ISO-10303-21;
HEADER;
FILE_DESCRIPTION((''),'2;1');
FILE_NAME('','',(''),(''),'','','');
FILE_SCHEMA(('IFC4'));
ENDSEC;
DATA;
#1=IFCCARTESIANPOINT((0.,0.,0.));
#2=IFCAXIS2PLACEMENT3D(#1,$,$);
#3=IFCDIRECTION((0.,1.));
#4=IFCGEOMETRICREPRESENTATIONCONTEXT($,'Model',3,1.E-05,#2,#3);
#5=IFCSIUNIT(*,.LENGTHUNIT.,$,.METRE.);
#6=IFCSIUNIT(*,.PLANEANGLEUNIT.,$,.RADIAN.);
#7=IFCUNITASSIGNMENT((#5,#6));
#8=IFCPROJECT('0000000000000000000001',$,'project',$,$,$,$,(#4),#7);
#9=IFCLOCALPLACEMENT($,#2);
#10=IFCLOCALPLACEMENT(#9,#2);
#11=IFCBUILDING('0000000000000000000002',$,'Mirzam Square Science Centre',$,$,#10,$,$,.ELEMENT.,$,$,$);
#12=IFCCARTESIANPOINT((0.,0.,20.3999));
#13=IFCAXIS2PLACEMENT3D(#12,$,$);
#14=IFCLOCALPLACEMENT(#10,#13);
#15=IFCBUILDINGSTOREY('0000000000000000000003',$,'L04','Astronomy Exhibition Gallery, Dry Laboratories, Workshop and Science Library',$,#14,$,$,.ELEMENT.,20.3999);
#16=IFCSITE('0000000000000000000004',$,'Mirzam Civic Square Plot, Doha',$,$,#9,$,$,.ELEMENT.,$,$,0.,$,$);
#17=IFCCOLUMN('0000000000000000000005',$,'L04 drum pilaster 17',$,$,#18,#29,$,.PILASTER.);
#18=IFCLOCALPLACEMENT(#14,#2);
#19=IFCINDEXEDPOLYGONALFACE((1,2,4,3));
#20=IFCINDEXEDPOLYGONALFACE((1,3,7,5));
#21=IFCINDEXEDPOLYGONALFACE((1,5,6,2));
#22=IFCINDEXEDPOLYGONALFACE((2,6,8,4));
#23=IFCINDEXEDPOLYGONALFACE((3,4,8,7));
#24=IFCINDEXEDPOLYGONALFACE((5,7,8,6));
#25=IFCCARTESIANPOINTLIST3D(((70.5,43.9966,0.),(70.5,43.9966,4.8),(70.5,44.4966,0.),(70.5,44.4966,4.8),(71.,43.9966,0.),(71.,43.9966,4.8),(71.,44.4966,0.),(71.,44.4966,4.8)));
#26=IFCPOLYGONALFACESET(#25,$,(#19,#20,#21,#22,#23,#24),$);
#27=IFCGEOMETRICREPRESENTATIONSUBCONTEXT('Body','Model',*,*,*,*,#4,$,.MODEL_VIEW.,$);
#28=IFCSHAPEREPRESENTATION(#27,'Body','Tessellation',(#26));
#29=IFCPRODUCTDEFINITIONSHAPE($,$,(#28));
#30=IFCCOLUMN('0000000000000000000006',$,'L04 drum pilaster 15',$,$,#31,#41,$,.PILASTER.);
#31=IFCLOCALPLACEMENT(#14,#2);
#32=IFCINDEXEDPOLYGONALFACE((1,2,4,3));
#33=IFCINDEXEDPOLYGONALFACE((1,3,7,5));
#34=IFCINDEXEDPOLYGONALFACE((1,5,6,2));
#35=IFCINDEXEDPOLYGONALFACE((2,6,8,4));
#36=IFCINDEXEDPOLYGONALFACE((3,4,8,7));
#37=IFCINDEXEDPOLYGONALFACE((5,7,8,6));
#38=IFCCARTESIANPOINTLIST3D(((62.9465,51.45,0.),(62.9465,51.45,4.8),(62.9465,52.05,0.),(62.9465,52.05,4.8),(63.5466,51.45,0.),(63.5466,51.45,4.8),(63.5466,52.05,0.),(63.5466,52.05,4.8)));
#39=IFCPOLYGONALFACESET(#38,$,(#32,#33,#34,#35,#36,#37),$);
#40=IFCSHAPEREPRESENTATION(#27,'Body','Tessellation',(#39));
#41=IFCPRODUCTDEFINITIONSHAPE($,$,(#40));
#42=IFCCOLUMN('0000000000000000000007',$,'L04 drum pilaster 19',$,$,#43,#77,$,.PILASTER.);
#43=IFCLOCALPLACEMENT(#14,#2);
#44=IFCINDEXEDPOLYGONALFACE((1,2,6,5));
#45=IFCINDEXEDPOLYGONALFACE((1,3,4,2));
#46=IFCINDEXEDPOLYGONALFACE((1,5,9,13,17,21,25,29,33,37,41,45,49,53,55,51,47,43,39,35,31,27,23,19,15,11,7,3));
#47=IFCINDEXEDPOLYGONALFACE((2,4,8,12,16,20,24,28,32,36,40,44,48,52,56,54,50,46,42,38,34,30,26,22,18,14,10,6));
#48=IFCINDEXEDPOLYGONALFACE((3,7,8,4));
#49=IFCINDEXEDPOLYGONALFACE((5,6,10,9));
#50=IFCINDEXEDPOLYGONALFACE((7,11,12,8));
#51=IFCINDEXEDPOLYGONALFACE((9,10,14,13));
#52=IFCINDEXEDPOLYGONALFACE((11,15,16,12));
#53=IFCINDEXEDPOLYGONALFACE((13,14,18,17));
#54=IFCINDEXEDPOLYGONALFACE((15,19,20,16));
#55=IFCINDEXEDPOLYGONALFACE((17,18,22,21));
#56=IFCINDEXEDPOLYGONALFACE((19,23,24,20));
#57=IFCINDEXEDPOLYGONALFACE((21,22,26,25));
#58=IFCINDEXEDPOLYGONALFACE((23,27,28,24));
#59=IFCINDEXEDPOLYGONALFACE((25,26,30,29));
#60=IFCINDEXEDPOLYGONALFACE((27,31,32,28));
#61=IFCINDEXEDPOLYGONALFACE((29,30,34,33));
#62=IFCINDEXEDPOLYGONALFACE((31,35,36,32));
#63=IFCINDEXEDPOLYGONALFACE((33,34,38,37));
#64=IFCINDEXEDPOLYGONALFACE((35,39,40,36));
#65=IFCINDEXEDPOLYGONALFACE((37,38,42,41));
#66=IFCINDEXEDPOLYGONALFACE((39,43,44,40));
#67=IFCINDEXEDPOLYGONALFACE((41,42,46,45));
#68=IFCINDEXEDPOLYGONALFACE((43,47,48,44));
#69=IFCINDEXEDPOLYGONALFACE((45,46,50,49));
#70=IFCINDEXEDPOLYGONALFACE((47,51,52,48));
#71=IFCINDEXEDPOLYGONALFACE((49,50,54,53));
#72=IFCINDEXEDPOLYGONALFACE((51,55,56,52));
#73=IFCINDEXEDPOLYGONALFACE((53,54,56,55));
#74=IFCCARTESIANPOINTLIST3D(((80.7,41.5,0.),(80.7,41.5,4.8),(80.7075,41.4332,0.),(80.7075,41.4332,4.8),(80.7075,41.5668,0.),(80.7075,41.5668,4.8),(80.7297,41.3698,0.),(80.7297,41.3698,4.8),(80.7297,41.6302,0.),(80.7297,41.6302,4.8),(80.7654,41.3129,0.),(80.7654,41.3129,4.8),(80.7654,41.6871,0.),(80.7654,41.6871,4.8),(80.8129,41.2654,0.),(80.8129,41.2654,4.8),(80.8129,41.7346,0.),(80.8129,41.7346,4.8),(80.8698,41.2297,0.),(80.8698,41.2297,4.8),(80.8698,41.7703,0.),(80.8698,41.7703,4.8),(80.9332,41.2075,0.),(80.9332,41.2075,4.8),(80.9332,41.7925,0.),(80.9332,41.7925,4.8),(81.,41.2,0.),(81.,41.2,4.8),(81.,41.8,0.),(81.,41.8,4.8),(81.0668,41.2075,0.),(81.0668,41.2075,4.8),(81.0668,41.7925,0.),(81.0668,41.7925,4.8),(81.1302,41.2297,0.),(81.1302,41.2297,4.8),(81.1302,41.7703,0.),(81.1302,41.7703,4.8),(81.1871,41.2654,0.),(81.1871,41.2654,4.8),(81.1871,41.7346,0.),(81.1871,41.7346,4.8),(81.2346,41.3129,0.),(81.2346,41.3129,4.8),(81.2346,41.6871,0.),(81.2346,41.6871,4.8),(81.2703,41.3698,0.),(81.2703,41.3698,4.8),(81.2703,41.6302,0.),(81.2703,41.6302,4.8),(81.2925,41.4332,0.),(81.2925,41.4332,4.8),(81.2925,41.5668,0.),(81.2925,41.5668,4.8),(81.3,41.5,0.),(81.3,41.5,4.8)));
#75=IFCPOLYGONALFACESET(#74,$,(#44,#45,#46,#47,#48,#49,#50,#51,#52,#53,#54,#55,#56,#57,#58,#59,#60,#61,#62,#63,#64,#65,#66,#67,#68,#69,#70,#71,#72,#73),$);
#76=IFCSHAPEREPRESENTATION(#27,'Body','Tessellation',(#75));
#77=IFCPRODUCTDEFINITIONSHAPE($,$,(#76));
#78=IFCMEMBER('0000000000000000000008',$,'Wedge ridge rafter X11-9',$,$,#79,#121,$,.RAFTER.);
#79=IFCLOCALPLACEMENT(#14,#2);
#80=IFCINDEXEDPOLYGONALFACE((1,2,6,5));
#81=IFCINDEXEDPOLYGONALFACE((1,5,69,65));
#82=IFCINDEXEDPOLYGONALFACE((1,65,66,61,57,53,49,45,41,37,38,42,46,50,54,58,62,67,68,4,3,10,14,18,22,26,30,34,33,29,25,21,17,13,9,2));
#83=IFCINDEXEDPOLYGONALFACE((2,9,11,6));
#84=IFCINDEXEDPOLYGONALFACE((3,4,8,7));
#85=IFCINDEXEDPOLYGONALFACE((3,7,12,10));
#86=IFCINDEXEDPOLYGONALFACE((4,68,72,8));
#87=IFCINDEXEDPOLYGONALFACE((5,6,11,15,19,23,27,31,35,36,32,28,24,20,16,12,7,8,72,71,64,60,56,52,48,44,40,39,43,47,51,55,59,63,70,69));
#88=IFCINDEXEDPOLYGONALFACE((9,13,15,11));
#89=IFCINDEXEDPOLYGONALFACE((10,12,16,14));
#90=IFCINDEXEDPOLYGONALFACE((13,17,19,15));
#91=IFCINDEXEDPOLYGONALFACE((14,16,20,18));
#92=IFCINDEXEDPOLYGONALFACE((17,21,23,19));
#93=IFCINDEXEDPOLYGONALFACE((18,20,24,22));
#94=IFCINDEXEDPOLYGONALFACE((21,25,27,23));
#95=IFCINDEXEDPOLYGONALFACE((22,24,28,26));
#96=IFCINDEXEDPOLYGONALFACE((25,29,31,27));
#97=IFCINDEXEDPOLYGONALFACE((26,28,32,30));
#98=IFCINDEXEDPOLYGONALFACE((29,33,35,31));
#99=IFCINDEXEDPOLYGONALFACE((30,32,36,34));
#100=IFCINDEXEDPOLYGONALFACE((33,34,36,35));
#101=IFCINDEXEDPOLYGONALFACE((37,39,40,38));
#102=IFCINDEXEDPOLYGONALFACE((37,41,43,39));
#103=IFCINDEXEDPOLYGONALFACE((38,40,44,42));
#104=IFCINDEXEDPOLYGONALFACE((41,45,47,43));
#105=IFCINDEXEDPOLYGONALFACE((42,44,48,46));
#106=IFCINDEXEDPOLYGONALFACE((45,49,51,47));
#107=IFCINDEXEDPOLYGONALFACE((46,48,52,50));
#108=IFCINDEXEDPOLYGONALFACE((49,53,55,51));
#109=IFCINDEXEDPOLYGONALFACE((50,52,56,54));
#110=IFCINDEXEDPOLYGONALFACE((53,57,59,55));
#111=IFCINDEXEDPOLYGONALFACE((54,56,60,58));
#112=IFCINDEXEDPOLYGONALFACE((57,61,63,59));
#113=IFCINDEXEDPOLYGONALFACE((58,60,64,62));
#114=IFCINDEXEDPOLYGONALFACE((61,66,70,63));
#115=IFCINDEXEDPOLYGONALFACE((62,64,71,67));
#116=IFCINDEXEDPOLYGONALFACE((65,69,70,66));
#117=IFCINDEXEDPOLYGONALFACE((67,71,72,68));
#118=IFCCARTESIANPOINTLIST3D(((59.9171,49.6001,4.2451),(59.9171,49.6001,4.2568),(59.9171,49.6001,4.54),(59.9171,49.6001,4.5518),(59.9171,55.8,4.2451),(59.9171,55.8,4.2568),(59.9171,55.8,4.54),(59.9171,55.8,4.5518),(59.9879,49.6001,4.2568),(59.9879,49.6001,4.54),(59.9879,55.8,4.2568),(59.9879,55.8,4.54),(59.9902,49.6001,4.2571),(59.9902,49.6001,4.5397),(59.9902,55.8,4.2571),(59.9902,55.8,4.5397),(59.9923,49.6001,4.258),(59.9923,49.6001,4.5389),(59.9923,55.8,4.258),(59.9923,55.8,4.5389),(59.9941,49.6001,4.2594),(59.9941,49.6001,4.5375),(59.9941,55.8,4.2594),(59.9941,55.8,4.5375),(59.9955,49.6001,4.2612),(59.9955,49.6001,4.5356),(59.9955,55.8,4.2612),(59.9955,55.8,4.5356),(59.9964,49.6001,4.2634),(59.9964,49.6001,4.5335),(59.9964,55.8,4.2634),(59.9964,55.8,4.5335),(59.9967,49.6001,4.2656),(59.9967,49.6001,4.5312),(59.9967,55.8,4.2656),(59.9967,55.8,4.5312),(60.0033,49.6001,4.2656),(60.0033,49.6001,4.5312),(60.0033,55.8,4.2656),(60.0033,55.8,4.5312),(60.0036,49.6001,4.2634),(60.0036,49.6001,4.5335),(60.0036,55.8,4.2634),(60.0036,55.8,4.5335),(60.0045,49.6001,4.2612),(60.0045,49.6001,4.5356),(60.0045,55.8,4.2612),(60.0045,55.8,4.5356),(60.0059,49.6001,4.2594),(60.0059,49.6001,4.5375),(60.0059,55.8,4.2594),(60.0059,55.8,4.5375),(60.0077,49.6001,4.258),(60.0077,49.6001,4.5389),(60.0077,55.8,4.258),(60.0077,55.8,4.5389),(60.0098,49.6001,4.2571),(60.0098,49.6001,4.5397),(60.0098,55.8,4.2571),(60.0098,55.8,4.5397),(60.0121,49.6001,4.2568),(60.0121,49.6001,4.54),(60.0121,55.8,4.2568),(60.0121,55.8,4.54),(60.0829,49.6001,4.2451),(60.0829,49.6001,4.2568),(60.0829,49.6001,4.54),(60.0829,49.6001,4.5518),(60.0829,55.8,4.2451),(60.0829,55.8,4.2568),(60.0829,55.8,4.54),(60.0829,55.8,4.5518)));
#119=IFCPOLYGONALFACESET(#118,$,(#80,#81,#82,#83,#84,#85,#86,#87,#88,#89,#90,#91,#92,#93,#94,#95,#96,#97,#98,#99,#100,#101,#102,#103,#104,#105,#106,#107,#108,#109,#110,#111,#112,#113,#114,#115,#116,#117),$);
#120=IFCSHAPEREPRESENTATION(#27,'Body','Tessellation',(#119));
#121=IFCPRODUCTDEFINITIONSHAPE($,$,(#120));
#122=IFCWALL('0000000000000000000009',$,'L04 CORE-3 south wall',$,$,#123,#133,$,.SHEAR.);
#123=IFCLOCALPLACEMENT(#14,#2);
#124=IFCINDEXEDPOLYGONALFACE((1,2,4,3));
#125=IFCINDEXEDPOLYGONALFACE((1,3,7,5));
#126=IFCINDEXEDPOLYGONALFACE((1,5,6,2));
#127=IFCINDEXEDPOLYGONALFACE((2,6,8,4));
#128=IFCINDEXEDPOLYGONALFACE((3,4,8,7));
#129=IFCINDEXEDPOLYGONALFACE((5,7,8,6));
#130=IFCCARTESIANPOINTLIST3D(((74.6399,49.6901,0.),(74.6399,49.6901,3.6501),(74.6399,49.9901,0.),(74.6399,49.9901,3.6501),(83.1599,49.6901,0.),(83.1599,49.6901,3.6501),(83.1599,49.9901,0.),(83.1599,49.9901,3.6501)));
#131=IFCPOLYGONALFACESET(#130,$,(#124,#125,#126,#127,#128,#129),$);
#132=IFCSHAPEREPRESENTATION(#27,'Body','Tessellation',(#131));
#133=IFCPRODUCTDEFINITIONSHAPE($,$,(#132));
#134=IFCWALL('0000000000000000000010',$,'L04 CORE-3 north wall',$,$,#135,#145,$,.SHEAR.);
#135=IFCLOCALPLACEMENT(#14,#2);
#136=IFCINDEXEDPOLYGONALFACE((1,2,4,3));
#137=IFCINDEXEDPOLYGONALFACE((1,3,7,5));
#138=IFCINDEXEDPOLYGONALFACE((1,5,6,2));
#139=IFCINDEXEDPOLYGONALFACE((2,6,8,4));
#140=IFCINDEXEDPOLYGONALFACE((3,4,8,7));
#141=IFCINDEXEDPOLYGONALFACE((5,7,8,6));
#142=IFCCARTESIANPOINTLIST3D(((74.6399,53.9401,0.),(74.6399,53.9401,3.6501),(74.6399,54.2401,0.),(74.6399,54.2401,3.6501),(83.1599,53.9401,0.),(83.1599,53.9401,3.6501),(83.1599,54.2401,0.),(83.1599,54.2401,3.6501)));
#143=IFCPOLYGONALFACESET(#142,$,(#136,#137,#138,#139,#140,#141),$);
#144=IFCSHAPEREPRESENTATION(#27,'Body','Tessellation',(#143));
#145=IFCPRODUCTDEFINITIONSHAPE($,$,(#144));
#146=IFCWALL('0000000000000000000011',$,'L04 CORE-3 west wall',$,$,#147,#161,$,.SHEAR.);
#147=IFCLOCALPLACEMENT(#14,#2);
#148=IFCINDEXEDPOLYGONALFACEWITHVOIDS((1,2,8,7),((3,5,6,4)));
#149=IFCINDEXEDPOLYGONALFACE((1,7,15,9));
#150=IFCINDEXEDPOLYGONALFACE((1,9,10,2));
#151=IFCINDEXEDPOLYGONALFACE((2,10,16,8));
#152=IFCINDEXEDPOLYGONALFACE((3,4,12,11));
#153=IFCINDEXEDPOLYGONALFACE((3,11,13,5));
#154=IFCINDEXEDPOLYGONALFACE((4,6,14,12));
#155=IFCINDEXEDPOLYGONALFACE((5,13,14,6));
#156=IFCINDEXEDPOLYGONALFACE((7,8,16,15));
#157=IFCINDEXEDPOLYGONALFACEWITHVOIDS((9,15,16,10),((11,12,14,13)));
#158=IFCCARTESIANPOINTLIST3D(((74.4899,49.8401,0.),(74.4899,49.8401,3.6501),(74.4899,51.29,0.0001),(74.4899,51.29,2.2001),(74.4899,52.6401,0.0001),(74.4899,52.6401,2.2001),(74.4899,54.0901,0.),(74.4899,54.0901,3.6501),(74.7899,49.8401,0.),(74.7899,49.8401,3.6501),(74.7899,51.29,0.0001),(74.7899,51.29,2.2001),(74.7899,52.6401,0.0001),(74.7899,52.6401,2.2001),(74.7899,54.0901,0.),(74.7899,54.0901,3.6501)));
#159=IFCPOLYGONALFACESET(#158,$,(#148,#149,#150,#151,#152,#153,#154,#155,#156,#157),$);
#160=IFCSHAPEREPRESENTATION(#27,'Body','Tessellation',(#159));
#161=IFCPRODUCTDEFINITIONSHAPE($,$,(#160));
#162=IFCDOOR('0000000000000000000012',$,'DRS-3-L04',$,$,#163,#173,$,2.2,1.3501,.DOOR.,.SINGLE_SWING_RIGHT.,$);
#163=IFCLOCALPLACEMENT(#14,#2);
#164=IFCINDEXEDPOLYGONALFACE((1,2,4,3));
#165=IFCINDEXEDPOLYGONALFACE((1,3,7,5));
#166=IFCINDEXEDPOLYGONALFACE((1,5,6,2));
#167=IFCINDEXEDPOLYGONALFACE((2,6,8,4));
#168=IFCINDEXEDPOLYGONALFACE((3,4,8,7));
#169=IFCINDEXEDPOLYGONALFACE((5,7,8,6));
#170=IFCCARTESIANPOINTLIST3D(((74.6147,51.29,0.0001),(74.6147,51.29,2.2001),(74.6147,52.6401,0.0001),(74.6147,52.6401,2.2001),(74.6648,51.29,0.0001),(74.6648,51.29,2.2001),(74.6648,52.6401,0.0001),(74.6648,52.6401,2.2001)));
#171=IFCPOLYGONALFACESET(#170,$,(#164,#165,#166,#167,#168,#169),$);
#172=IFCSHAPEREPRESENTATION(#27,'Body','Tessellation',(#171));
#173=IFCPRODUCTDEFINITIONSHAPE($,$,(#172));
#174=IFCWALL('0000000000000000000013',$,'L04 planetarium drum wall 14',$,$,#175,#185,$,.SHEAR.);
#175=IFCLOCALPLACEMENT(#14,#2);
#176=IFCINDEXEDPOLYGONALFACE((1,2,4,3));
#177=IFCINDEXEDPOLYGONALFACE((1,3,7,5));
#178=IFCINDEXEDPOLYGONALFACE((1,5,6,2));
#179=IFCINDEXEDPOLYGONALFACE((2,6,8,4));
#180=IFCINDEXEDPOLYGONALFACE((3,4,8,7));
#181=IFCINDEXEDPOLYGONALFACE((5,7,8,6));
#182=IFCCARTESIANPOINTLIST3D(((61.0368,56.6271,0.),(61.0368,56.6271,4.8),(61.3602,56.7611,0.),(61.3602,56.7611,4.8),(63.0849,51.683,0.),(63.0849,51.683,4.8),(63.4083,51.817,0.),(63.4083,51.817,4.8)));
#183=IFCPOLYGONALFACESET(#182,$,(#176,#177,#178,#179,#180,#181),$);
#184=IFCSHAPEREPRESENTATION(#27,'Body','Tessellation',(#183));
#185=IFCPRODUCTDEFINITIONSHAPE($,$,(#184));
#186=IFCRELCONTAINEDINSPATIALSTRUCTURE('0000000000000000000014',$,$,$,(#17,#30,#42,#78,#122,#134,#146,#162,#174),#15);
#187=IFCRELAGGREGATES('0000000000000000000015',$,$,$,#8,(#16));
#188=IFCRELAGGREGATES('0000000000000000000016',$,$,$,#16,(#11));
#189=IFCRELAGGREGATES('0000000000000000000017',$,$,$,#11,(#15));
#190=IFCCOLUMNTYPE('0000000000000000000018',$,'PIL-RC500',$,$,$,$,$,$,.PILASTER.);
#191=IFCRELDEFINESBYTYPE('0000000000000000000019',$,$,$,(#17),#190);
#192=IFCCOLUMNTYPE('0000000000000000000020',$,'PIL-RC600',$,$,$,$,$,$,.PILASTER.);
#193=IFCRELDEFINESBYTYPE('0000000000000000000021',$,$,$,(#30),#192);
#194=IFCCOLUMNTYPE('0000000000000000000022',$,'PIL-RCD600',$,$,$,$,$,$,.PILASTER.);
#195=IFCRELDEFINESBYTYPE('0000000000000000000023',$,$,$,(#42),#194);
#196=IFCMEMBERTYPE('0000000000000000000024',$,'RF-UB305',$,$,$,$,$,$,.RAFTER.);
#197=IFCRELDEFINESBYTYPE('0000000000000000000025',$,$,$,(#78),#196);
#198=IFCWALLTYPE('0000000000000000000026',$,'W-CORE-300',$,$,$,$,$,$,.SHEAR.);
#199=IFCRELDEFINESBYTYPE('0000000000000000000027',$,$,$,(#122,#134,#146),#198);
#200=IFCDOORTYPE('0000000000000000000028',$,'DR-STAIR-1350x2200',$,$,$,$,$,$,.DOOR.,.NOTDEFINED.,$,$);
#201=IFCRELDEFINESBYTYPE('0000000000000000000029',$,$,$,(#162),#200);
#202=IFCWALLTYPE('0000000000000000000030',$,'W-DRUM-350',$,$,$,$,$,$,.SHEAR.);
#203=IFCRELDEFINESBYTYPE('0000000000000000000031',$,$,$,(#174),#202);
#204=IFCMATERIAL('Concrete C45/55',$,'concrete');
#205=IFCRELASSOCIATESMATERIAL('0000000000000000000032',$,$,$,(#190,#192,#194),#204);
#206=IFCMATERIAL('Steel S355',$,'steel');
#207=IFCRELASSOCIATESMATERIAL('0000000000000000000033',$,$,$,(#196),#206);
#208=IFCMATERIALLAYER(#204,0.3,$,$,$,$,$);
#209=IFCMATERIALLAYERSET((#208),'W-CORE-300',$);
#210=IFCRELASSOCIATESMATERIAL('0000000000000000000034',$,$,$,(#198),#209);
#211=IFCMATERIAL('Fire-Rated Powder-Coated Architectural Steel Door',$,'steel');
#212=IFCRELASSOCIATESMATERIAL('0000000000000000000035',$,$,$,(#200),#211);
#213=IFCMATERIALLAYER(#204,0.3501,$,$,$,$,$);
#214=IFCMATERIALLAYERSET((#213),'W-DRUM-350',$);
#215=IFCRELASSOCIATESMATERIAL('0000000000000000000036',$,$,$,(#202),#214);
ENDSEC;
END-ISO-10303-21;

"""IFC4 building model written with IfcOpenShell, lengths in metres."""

from ifc_helpers import new_model, si_unit, direction, frame, frame_2d, origin, origin_2d, place, context, subcontext, project, spatial, rectangle, circle, i_section, extrude, material, layer, layer_set, material_profile, profile_set, type_object, element, fill, save


model = new_model("IFC4")

# Units and contexts
model_context = context("Model", 3, precision=1e-05, world=origin(), true_north=direction((0.0, 1.0)))
body_context = subcontext(model_context, "Body", "Model", "MODEL_VIEW")
ifc_project = project(units=[si_unit("LENGTHUNIT", "METRE"), si_unit("PLANEANGLEUNIT", "RADIAN")], contexts=[model_context])

# Site, building, storey
site_placement = place(None, origin())
site = spatial("IfcSite", under=ifc_project, at=site_placement, Name="Mirzam Civic Square Plot, Doha", CompositionType="ELEMENT", RefElevation=0.0)
building_placement = place(site_placement, origin())
building = spatial("IfcBuilding", under=site, at=building_placement, Name="Mirzam Square Science Centre", CompositionType="ELEMENT")
storey_placement = place(building_placement, frame((0.0, 0.0, 20.3999)))
storey = spatial("IfcBuildingStorey", under=building, at=storey_placement, Name="L04", Description="Astronomy Exhibition Gallery, Dry Laboratories, Workshop and Science Library", CompositionType="ELEMENT", Elevation=20.3999)

# Columns
ifc_material_1 = material(Name="Concrete C45/55", Category="concrete")
ifc_material_profile_1 = material_profile(ifc_material_1, rectangle(XDim=0.5, YDim=0.5, at=origin_2d()), Name="RC500x500")
ifc_profile_set_1 = profile_set([ifc_material_profile_1], Name="Concrete C45/55")
column_type_1 = type_object("IfcColumnType", Name="PIL-RC500", PredefinedType="PILASTER", material=ifc_profile_set_1)
column_1_placement = place(storey_placement, frame((70.75, 44.2466, 0.0), z_axis=(0.0, 0.0, 1.0), x_axis=(1.0, 0.0, 0.0)))
element("IfcColumn", 1, at=column_1_placement, inside=storey, type_object=column_type_1, Name="L04 drum pilaster 17", PredefinedType="PILASTER", context=body_context, shape_type="SweptSolid", body=[
    extrude(rectangle(XDim=0.5, YDim=0.5, at=origin_2d()), origin(), (0.0, 0.0, 1.0), 4.8),
])
ifc_material_profile_2 = material_profile(ifc_material_1, rectangle(XDim=0.6001, YDim=0.6001, at=origin_2d()), Name="RC600x600")
ifc_profile_set_2 = profile_set([ifc_material_profile_2], Name="Concrete C45/55")
column_type_2 = type_object("IfcColumnType", Name="PIL-RC600", PredefinedType="PILASTER", material=ifc_profile_set_2)
column_2_placement = place(storey_placement, frame((63.2466, 51.75, 0.0), z_axis=(0.0, 0.0, 1.0), x_axis=(1.0, 0.0, 0.0)))
element("IfcColumn", 2, at=column_2_placement, inside=storey, type_object=column_type_2, Name="L04 drum pilaster 15", PredefinedType="PILASTER", context=body_context, shape_type="SweptSolid", body=[
    extrude(rectangle(XDim=0.6001, YDim=0.6001, at=origin_2d()), origin(), (0.0, 0.0, 1.0), 4.8),
])
ifc_material_profile_3 = material_profile(ifc_material_1, circle(Radius=0.3, at=origin_2d()), Name="RCD600")
ifc_profile_set_3 = profile_set([ifc_material_profile_3], Name="Concrete C45/55")
column_type_3 = type_object("IfcColumnType", Name="PIL-RCD600", PredefinedType="PILASTER", material=ifc_profile_set_3)
column_3_placement = place(storey_placement, frame((81.0, 41.5, 0.0), z_axis=(0.0, 0.0, 1.0), x_axis=(1.0, 0.0, 0.0)))
element("IfcColumn", 3, at=column_3_placement, inside=storey, type_object=column_type_3, Name="L04 drum pilaster 19", PredefinedType="PILASTER", context=body_context, shape_type="SweptSolid", body=[
    extrude(circle(Radius=0.3, at=origin_2d()), origin(), (0.0, 0.0, 1.0), 4.8),
])

# Member
ifc_material_2 = material(Name="Steel S355", Category="steel")
ifc_material_profile_4 = material_profile(ifc_material_2, i_section(OverallWidth=0.1658, OverallDepth=0.3066, WebThickness=0.0066, FlangeThickness=0.0117, FilletRadius=0.0088, at=origin_2d()), Name="305x165x46UB")
ifc_profile_set_4 = profile_set([ifc_material_profile_4], Name="Steel S355")
member_type = type_object("IfcMemberType", Name="RF-UB305", PredefinedType="RAFTER", material=ifc_profile_set_4)
member_placement = place(storey_placement, frame((60.0, 49.6001, 4.3984), z_axis=(0.0, 1.0, 0.0), x_axis=(-1.0, 0.0, 0.0)))
element("IfcMember", 4, at=member_placement, inside=storey, type_object=member_type, Name="Wedge ridge rafter X11-9", PredefinedType="RAFTER", context=body_context, shape_type="SweptSolid", body=[
    extrude(i_section(OverallWidth=0.1658, OverallDepth=0.3066, WebThickness=0.0066, FlangeThickness=0.0117, FilletRadius=0.0088, at=origin_2d()), origin(), (0.0, 0.0, 1.0), 6.2),
])

# Walls
ifc_layer_1 = layer(ifc_material_1, 0.3)
ifc_layer_set_1 = layer_set([ifc_layer_1], Name="W-CORE-300")
wall_type_1 = type_object("IfcWallType", Name="W-CORE-300", PredefinedType="SHEAR", material=ifc_layer_set_1)
for number, where, z_axis, x_axis, name in (
    (5, (74.6399, 49.8401, 0.0), (0.0, 0.0, 1.0), (1.0, 0.0, 0.0), "L04 CORE-3 south wall"),
    (6, (83.1599, 54.0901, 0.0), (0.0, 0.0, 1.0), (-1.0, 0.0, 0.0), "L04 CORE-3 north wall"),
):
    element("IfcWall", number, at=place(storey_placement, frame(where, z_axis=z_axis, x_axis=x_axis)), inside=storey, type_object=wall_type_1, Name=name, PredefinedType="SHEAR", context=body_context, shape_type="SweptSolid", body=[
        extrude(rectangle(XDim=8.52, YDim=0.3, at=frame_2d((4.26, 0.0))), origin(), (0.0, 0.0, 1.0), 3.6501),
    ])

# Wall, opening, door
wall_1_placement = place(storey_placement, frame((74.6399, 54.0901, 0.0), z_axis=(0.0, 0.0, 1.0), x_axis=(0.0, -1.0, 0.0)))
wall_1 = element("IfcWall", 7, at=wall_1_placement, inside=storey, type_object=wall_type_1, Name="L04 CORE-3 west wall", PredefinedType="SHEAR", context=body_context, shape_type="SweptSolid", body=[
    extrude(rectangle(XDim=4.25, YDim=0.3, at=frame_2d((2.125, 0.0))), origin(), (0.0, 0.0, 1.0), 3.6501),
])
opening_1_placement = place(wall_1_placement, frame((1.45, 0.0, 0.0)))
opening_1 = element("IfcOpeningElement", 8, at=opening_1_placement, cuts=wall_1, PredefinedType="OPENING", context=body_context, shape_type="SweptSolid", body=[
    extrude(rectangle(XDim=1.3501, YDim=2.2, at=frame_2d((0.675, 1.1001))), frame((0.0, 0.1599, 0.0), z_axis=(0.0, -1.0, 0.0), x_axis=(1.0, 0.0, 0.0)), (0.0, 0.0, 1.0), 0.3201),
])
ifc_material_3 = material(Name="Fire-Rated Powder-Coated Architectural Steel Door", Category="steel")
door_type_1 = type_object("IfcDoorType", Name="DR-STAIR-1350x2200", OperationType="NOTDEFINED", PredefinedType="DOOR", material=ifc_material_3)
door_1_placement = place(opening_1_placement, origin())
door_1 = element("IfcDoor", 9, at=door_1_placement, inside=storey, type_object=door_type_1, Name="DRS-3-L04", OperationType="SINGLE_SWING_RIGHT", OverallHeight=2.2, OverallWidth=1.3501, PredefinedType="DOOR", context=body_context, shape_type="SweptSolid", body=[
    extrude(rectangle(XDim=1.3501, YDim=2.2, at=frame_2d((0.675, 1.1001))), frame((0.0, 0.0249, 0.0), z_axis=(0.0, -1.0, 0.0), x_axis=(1.0, 0.0, 0.0)), (0.0, 0.0, 1.0), 0.05),
])
fill(opening_1, door_1)

# Wall
ifc_layer_2 = layer(ifc_material_1, 0.3501)
ifc_layer_set_2 = layer_set([ifc_layer_2], Name="W-DRUM-350")
wall_type_2 = type_object("IfcWallType", Name="W-DRUM-350", PredefinedType="SHEAR", material=ifc_layer_set_2)
for number, where, z_axis, x_axis, name in (
    (10, (61.1985, 56.6941, 0.0), (0.0, 0.0, 1.0), (0.382713, -0.923867, 0.0), "L04 planetarium drum wall 14"),
):
    element("IfcWall", number, at=place(storey_placement, frame(where, z_axis=z_axis, x_axis=x_axis)), inside=storey, type_object=wall_type_2, Name=name, PredefinedType="SHEAR", context=body_context, shape_type="SweptSolid", body=[
        extrude(rectangle(XDim=5.3516, YDim=0.3501, at=frame_2d((2.6758, 0.0))), origin(), (0.0, 0.0, 1.0), 4.8),
    ])

save(model, "model.ifc")
